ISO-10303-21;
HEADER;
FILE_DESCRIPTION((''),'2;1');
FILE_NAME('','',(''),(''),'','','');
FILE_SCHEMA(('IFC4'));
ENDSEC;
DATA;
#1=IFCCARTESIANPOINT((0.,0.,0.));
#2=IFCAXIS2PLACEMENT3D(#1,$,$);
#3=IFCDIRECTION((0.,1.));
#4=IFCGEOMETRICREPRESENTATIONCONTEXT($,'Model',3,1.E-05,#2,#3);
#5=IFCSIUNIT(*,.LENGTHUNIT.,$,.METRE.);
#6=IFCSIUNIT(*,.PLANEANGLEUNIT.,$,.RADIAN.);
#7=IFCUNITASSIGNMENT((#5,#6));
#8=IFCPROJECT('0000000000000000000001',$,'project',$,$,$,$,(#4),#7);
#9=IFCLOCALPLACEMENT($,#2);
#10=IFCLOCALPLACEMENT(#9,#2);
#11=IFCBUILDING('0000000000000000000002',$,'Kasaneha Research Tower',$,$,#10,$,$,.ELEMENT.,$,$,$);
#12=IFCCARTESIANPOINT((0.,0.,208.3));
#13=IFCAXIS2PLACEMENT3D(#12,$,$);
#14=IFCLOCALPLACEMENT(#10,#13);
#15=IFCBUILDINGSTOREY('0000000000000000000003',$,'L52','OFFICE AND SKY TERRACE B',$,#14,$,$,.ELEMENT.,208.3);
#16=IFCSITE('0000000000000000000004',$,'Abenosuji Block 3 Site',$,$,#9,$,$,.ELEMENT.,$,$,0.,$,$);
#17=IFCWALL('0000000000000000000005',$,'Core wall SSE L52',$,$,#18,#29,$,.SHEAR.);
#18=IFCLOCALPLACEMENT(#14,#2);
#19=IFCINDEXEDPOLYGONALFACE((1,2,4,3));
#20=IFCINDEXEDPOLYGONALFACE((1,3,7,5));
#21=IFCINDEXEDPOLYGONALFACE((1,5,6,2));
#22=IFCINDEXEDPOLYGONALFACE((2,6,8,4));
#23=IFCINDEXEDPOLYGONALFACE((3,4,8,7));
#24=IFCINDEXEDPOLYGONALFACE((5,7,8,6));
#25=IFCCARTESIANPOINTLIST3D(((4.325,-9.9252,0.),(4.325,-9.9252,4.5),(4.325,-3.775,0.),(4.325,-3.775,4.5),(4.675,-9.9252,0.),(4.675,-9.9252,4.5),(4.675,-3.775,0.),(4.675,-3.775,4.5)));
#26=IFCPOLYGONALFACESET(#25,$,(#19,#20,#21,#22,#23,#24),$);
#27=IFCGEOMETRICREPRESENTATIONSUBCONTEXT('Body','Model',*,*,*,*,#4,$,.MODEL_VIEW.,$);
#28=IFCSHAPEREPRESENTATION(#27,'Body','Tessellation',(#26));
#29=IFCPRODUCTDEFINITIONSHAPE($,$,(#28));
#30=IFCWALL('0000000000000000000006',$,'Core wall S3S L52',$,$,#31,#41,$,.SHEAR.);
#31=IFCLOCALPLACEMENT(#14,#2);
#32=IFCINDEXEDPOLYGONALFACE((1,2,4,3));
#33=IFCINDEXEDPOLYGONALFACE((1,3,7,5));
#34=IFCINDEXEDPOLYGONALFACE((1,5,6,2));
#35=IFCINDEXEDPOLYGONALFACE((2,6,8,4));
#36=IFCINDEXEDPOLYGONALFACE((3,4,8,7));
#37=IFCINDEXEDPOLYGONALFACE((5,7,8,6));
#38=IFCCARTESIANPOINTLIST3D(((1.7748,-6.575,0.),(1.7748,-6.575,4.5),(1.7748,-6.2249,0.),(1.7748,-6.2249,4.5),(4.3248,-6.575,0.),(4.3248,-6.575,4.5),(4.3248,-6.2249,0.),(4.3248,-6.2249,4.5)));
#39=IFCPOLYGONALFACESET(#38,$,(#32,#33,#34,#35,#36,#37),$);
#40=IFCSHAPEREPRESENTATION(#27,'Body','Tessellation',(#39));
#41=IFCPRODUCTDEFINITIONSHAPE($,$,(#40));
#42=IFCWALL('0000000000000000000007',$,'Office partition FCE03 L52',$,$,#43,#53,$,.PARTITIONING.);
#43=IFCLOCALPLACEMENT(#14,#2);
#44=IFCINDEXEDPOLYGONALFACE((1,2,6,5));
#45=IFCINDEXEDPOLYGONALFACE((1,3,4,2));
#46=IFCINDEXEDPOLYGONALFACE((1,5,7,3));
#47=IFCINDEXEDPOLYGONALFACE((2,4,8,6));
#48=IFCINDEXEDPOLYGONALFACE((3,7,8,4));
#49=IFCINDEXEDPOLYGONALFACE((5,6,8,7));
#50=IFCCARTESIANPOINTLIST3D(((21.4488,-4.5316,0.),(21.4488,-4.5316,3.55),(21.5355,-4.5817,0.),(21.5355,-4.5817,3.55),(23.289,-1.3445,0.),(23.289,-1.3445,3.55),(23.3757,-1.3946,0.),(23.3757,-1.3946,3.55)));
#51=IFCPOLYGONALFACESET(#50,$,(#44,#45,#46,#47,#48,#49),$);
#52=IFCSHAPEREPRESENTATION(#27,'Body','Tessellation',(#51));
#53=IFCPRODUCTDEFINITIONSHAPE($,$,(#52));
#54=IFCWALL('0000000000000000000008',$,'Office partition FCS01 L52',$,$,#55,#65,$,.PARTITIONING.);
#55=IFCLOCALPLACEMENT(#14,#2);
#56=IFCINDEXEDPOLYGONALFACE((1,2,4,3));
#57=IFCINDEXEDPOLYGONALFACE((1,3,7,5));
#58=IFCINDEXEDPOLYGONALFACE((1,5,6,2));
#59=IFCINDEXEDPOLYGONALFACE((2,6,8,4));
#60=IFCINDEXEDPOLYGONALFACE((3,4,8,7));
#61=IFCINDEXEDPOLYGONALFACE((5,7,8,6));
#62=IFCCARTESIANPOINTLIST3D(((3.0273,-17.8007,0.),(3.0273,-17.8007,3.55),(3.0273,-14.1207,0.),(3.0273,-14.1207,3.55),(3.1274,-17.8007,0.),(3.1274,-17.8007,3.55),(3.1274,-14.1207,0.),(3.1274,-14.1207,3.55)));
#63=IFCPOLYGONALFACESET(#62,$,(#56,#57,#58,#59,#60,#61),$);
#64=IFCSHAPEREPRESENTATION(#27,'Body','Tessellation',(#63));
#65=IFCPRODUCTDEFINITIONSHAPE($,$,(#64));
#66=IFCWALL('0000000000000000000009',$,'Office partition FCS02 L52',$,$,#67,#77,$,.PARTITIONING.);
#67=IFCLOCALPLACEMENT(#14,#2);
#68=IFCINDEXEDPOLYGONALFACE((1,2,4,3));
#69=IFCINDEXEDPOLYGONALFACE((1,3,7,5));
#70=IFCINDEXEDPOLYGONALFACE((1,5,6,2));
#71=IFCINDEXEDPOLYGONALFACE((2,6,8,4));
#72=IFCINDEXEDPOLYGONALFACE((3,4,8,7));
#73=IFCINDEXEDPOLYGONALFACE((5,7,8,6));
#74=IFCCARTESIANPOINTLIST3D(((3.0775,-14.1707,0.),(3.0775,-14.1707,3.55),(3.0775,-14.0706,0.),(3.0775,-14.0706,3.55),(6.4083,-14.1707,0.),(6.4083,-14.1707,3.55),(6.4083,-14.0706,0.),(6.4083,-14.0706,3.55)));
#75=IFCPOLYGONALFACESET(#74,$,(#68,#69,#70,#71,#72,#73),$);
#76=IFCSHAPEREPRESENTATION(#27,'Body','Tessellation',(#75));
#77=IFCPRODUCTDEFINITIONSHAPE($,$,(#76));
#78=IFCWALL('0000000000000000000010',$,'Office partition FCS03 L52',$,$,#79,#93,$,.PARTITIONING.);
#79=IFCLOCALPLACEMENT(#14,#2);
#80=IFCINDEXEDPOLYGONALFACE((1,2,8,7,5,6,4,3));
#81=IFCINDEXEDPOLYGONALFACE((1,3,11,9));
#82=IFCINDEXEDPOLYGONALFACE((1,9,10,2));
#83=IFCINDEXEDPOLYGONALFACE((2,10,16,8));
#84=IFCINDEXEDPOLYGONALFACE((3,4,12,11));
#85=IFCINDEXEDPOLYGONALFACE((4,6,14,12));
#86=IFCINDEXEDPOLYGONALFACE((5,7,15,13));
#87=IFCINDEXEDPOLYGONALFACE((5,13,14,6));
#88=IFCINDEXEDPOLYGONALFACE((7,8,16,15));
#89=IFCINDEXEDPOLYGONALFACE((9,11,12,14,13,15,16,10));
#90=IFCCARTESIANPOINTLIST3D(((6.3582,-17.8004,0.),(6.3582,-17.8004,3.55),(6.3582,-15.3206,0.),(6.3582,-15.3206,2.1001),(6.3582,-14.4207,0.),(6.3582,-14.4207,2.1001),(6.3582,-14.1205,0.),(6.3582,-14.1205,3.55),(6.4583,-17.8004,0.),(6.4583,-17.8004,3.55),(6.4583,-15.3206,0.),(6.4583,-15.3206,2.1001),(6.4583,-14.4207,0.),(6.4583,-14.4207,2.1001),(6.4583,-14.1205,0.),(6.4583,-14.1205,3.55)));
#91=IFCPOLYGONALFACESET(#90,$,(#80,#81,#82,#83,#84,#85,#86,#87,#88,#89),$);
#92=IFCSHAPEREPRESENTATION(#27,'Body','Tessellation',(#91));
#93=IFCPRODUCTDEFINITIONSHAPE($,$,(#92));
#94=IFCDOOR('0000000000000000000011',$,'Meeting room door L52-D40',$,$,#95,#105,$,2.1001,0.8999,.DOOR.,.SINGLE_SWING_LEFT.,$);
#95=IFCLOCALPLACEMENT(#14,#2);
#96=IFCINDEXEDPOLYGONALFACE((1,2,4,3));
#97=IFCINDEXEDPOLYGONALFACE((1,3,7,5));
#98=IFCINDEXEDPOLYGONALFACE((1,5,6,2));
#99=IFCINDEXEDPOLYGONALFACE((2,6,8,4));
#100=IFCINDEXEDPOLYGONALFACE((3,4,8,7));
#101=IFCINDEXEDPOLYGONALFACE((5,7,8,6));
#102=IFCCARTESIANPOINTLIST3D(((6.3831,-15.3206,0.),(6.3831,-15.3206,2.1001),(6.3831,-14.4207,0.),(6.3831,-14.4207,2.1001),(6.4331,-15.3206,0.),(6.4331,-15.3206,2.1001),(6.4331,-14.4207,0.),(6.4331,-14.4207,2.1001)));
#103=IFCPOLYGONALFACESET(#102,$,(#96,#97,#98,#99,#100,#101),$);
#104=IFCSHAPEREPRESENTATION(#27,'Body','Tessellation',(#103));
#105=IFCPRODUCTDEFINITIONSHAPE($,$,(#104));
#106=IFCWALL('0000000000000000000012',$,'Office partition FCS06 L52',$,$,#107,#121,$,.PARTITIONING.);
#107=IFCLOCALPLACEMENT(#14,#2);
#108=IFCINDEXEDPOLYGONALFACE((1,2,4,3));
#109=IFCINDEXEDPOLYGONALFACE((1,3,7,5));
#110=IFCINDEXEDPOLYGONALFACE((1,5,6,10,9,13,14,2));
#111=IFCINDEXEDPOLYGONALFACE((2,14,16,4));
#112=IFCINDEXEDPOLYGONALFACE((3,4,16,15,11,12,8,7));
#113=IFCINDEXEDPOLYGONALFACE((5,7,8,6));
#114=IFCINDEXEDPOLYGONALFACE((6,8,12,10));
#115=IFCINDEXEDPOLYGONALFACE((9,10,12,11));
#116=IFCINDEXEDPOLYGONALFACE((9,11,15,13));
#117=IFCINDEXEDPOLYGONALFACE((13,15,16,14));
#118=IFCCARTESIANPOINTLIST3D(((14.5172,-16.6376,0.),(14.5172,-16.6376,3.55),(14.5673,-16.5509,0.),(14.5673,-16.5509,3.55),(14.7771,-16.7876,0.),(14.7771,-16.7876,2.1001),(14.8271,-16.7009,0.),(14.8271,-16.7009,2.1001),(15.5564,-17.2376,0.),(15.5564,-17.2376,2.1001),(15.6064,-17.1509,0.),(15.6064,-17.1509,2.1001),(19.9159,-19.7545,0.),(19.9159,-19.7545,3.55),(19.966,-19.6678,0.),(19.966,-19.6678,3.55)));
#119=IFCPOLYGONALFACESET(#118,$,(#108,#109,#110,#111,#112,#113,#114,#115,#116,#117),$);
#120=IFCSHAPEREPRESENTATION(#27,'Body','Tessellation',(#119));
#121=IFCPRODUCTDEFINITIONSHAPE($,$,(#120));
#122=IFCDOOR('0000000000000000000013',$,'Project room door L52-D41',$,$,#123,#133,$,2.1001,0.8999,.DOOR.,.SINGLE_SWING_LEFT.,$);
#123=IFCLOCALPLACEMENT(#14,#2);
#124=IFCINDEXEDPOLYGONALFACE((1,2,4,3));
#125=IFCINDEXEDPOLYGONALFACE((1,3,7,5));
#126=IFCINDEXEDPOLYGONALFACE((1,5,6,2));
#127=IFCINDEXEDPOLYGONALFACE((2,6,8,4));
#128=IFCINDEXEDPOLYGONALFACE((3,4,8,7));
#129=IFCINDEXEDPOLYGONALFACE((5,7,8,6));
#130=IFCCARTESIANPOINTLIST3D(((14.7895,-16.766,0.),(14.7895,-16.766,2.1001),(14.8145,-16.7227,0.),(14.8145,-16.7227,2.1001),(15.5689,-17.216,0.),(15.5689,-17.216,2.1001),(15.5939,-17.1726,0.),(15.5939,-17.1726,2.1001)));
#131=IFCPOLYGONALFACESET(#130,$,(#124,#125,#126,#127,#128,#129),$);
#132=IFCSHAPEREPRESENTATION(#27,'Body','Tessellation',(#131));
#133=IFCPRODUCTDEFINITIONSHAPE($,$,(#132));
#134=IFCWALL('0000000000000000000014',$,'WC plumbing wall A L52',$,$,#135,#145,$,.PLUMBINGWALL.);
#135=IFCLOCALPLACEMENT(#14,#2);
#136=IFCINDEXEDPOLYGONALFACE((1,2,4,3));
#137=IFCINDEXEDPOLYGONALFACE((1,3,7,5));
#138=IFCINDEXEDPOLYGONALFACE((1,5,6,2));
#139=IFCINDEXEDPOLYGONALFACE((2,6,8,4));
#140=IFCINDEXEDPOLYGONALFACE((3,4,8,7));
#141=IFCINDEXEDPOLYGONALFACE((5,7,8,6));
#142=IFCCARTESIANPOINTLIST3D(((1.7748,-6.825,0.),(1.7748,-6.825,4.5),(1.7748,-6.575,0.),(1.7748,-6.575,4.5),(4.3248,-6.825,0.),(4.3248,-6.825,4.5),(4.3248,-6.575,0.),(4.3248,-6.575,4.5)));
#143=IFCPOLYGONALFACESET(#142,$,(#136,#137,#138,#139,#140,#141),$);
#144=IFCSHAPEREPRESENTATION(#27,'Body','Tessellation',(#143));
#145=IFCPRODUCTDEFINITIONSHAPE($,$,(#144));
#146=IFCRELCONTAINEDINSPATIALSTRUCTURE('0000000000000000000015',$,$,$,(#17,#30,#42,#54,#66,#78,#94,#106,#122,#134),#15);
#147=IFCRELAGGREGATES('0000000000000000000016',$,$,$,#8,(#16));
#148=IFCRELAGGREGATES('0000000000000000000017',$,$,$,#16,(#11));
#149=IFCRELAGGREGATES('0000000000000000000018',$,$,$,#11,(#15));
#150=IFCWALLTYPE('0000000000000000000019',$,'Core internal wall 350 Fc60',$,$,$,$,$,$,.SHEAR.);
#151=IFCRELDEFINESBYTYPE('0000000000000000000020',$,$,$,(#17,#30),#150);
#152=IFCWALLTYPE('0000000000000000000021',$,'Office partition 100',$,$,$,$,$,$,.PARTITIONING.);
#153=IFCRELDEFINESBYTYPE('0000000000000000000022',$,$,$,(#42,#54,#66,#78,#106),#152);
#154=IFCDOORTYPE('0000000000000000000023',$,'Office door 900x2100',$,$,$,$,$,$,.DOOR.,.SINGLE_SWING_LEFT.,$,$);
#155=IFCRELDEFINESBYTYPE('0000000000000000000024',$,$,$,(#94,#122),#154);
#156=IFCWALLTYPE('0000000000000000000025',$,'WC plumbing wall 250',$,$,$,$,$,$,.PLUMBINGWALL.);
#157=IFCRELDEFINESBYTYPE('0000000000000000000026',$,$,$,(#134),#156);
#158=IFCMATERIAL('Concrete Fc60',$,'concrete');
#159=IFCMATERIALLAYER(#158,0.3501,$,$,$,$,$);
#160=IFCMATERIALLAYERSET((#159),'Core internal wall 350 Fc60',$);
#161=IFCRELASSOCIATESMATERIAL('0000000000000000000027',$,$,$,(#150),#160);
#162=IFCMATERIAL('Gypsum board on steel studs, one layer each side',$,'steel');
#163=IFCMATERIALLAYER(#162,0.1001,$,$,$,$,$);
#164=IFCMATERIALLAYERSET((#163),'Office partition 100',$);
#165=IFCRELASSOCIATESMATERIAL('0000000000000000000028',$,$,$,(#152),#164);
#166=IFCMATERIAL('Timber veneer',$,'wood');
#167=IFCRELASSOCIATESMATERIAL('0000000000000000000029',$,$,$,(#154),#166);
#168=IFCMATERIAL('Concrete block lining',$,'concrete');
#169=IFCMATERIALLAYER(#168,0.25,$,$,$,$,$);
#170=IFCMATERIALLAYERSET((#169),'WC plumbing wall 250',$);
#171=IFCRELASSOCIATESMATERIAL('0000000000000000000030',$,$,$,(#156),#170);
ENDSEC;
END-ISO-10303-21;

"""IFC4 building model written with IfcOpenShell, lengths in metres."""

from ifc_helpers import new_model, si_unit, direction, frame, frame_2d, origin, place, context, subcontext, project, spatial, rectangle, extrude, material, layer, layer_set, type_object, element, fill, save


model = new_model("IFC4")

# Units and contexts
model_context = context("Model", 3, precision=1e-05, world=origin(), true_north=direction((0.0, 1.0)))
body_context = subcontext(model_context, "Body", "Model", "MODEL_VIEW")
ifc_project = project(units=[si_unit("LENGTHUNIT", "METRE"), si_unit("PLANEANGLEUNIT", "RADIAN")], contexts=[model_context])

# Site, building, storey
site_placement = place(None, origin())
site = spatial("IfcSite", under=ifc_project, at=site_placement, Name="Abenosuji Block 3 Site", CompositionType="ELEMENT", RefElevation=0.0)
building_placement = place(site_placement, origin())
building = spatial("IfcBuilding", under=site, at=building_placement, Name="Kasaneha Research Tower", CompositionType="ELEMENT")
storey_placement = place(building_placement, frame((0.0, 0.0, 208.3)))
storey = spatial("IfcBuildingStorey", under=building, at=storey_placement, Name="L52", Description="OFFICE AND SKY TERRACE B", CompositionType="ELEMENT", Elevation=208.3)

# Shared definitions
ifc_material_1 = material(Name="Concrete Fc60", Category="concrete")
ifc_layer_1 = layer(ifc_material_1, 0.3501)
ifc_layer_set_1 = layer_set([ifc_layer_1], Name="Core internal wall 350 Fc60")
wall_type_1 = type_object("IfcWallType", Name="Core internal wall 350 Fc60", PredefinedType="SHEAR", material=ifc_layer_set_1)

# Walls
wall_1_placement = place(storey_placement, frame((4.5, -3.7749, 0.0), z_axis=(0.0, 0.0, 1.0), x_axis=(0.0, -1.0, 0.0)))
element("IfcWall", 1, at=wall_1_placement, inside=storey, type_object=wall_type_1, Name="Core wall SSE L52", PredefinedType="SHEAR", context=body_context, shape_type="SweptSolid", body=[
    extrude(rectangle(XDim=6.1501, YDim=0.3501, at=frame_2d((3.0752, 0.0))), origin(), (0.0, 0.0, 1.0), 4.5),
])
wall_2_placement = place(storey_placement, frame((1.7749, -6.3999, 0.0), z_axis=(0.0, 0.0, 1.0), x_axis=(1.0, 0.0, 0.0)))
element("IfcWall", 2, at=wall_2_placement, inside=storey, type_object=wall_type_1, Name="Core wall S3S L52", PredefinedType="SHEAR", context=body_context, shape_type="SweptSolid", body=[
    extrude(rectangle(XDim=2.55, YDim=0.3501, at=frame_2d((1.2749, 0.0))), origin(), (0.0, 0.0, 1.0), 4.5),
])
ifc_material_2 = material(Name="Gypsum board on steel studs, one layer each side", Category="steel")
ifc_layer_2 = layer(ifc_material_2, 0.1001)
ifc_layer_set_2 = layer_set([ifc_layer_2], Name="Office partition 100")
wall_type_2 = type_object("IfcWallType", Name="Office partition 100", PredefinedType="PARTITIONING", material=ifc_layer_set_2)
wall_3_placement = place(storey_placement, frame((21.4922, -4.5566, 0.0), z_axis=(0.0, 0.0, 1.0), x_axis=(0.500013, 0.866018, 0.0)))
element("IfcWall", 3, at=wall_3_placement, inside=storey, type_object=wall_type_2, Name="Office partition FCE03 L52", PredefinedType="PARTITIONING", context=body_context, shape_type="SweptSolid", body=[
    extrude(rectangle(XDim=3.6802, YDim=0.1001, at=frame_2d((1.8401, 0.0))), origin(), (0.0, 0.0, 1.0), 3.55),
])
wall_4_placement = place(storey_placement, frame((3.0774, -17.8005, 0.0), z_axis=(0.0, 0.0, 1.0), x_axis=(0.0, 1.0, 0.0)))
element("IfcWall", 4, at=wall_4_placement, inside=storey, type_object=wall_type_2, Name="Office partition FCS01 L52", PredefinedType="PARTITIONING", context=body_context, shape_type="SweptSolid", body=[
    extrude(rectangle(XDim=3.6799, YDim=0.1001, at=frame_2d((1.8398, 0.0))), origin(), (0.0, 0.0, 1.0), 3.55),
])
wall_5_placement = place(storey_placement, frame((3.0774, -14.1206, 0.0), z_axis=(0.0, 0.0, 1.0), x_axis=(1.0, 0.0, 0.0)))
element("IfcWall", 5, at=wall_5_placement, inside=storey, type_object=wall_type_2, Name="Office partition FCS02 L52", PredefinedType="PARTITIONING", context=body_context, shape_type="SweptSolid", body=[
    extrude(rectangle(XDim=3.3308, YDim=0.1001, at=frame_2d((1.6655, 0.0))), origin(), (0.0, 0.0, 1.0), 3.55),
])

# Walls, openings, doors
wall_6_placement = place(storey_placement, frame((6.4082, -14.1206, 0.0), z_axis=(0.0, 0.0, 1.0), x_axis=(0.0, -1.0, 0.0)))
wall_6 = element("IfcWall", 6, at=wall_6_placement, inside=storey, type_object=wall_type_2, Name="Office partition FCS03 L52", PredefinedType="PARTITIONING", context=body_context, shape_type="SweptSolid", body=[
    extrude(rectangle(XDim=3.6799, YDim=0.1001, at=frame_2d((1.8398, 0.0))), origin(), (0.0, 0.0, 1.0), 3.55),
])
opening_1_placement = place(wall_6_placement, frame((0.3, 0.0, 0.0)))
opening_1 = element("IfcOpeningElement", 7, at=opening_1_placement, cuts=wall_6, PredefinedType="OPENING", context=body_context, shape_type="SweptSolid", body=[
    extrude(rectangle(XDim=0.8999, YDim=2.1001, at=frame_2d((0.45, 1.05))), frame((0.0, 0.0601, 0.0), z_axis=(0.0, -1.0, 0.0), x_axis=(1.0, 0.0, 0.0)), (0.0, 0.0, 1.0), 0.1201),
])
ifc_material_3 = material(Name="Timber veneer", Category="wood")
door_type_1 = type_object("IfcDoorType", Name="Office door 900x2100", OperationType="SINGLE_SWING_LEFT", PredefinedType="DOOR", material=ifc_material_3)
door_1_placement = place(opening_1_placement, origin())
door_1 = element("IfcDoor", 8, at=door_1_placement, inside=storey, type_object=door_type_1, Name="Meeting room door L52-D40", OperationType="SINGLE_SWING_LEFT", OverallHeight=2.1001, OverallWidth=0.8999, PredefinedType="DOOR", context=body_context, shape_type="SweptSolid", body=[
    extrude(rectangle(XDim=0.8999, YDim=2.1001, at=frame_2d((0.45, 1.05))), frame((0.0, 0.0249, 0.0), z_axis=(0.0, -1.0, 0.0), x_axis=(1.0, 0.0, 0.0)), (0.0, 0.0, 1.0), 0.05),
])
fill(opening_1, door_1)
wall_7_placement = place(storey_placement, frame((14.5422, -16.5942, 0.0), z_axis=(0.0, 0.0, 1.0), x_axis=(0.866024, -0.500002, 0.0)))
wall_7 = element("IfcWall", 9, at=wall_7_placement, inside=storey, type_object=wall_type_2, Name="Office partition FCS06 L52", PredefinedType="PARTITIONING", context=body_context, shape_type="SweptSolid", body=[
    extrude(rectangle(XDim=6.2339, YDim=0.1001, at=frame_2d((3.1169, 0.0))), origin(), (0.0, 0.0, 1.0), 3.55),
])
opening_2_placement = place(wall_7_placement, frame((0.3, 0.0, 0.0)))
opening_2 = element("IfcOpeningElement", 10, at=opening_2_placement, cuts=wall_7, PredefinedType="OPENING", context=body_context, shape_type="SweptSolid", body=[
    extrude(rectangle(XDim=0.8999, YDim=2.1001, at=frame_2d((0.45, 1.05))), frame((0.0, 0.0601, 0.0), z_axis=(0.0, -1.0, 0.0), x_axis=(1.0, 0.0, 0.0)), (0.0, 0.0, 1.0), 0.1201),
])
door_2_placement = place(opening_2_placement, origin())
door_2 = element("IfcDoor", 11, at=door_2_placement, inside=storey, type_object=door_type_1, Name="Project room door L52-D41", OperationType="SINGLE_SWING_LEFT", OverallHeight=2.1001, OverallWidth=0.8999, PredefinedType="DOOR", context=body_context, shape_type="SweptSolid", body=[
    extrude(rectangle(XDim=0.8999, YDim=2.1001, at=frame_2d((0.45, 1.05))), frame((0.0, 0.0249, 0.0), z_axis=(0.0, -1.0, 0.0), x_axis=(1.0, 0.0, 0.0)), (0.0, 0.0, 1.0), 0.05),
])
fill(opening_2, door_2)

# Wall
ifc_material_4 = material(Name="Concrete block lining", Category="concrete")
ifc_layer_3 = layer(ifc_material_4, 0.25)
ifc_layer_set_3 = layer_set([ifc_layer_3], Name="WC plumbing wall 250")
wall_type_3 = type_object("IfcWallType", Name="WC plumbing wall 250", PredefinedType="PLUMBINGWALL", material=ifc_layer_set_3)
wall_8_placement = place(storey_placement, frame((1.7749, -6.7, 0.0), z_axis=(0.0, 0.0, 1.0), x_axis=(1.0, 0.0, 0.0)))
element("IfcWall", 12, at=wall_8_placement, inside=storey, type_object=wall_type_3, Name="WC plumbing wall A L52", PredefinedType="PLUMBINGWALL", context=body_context, shape_type="SweptSolid", body=[
    extrude(rectangle(XDim=2.55, YDim=0.25, at=frame_2d((1.2749, 0.0))), origin(), (0.0, 0.0, 1.0), 4.5),
])

save(model, "model.ifc")
